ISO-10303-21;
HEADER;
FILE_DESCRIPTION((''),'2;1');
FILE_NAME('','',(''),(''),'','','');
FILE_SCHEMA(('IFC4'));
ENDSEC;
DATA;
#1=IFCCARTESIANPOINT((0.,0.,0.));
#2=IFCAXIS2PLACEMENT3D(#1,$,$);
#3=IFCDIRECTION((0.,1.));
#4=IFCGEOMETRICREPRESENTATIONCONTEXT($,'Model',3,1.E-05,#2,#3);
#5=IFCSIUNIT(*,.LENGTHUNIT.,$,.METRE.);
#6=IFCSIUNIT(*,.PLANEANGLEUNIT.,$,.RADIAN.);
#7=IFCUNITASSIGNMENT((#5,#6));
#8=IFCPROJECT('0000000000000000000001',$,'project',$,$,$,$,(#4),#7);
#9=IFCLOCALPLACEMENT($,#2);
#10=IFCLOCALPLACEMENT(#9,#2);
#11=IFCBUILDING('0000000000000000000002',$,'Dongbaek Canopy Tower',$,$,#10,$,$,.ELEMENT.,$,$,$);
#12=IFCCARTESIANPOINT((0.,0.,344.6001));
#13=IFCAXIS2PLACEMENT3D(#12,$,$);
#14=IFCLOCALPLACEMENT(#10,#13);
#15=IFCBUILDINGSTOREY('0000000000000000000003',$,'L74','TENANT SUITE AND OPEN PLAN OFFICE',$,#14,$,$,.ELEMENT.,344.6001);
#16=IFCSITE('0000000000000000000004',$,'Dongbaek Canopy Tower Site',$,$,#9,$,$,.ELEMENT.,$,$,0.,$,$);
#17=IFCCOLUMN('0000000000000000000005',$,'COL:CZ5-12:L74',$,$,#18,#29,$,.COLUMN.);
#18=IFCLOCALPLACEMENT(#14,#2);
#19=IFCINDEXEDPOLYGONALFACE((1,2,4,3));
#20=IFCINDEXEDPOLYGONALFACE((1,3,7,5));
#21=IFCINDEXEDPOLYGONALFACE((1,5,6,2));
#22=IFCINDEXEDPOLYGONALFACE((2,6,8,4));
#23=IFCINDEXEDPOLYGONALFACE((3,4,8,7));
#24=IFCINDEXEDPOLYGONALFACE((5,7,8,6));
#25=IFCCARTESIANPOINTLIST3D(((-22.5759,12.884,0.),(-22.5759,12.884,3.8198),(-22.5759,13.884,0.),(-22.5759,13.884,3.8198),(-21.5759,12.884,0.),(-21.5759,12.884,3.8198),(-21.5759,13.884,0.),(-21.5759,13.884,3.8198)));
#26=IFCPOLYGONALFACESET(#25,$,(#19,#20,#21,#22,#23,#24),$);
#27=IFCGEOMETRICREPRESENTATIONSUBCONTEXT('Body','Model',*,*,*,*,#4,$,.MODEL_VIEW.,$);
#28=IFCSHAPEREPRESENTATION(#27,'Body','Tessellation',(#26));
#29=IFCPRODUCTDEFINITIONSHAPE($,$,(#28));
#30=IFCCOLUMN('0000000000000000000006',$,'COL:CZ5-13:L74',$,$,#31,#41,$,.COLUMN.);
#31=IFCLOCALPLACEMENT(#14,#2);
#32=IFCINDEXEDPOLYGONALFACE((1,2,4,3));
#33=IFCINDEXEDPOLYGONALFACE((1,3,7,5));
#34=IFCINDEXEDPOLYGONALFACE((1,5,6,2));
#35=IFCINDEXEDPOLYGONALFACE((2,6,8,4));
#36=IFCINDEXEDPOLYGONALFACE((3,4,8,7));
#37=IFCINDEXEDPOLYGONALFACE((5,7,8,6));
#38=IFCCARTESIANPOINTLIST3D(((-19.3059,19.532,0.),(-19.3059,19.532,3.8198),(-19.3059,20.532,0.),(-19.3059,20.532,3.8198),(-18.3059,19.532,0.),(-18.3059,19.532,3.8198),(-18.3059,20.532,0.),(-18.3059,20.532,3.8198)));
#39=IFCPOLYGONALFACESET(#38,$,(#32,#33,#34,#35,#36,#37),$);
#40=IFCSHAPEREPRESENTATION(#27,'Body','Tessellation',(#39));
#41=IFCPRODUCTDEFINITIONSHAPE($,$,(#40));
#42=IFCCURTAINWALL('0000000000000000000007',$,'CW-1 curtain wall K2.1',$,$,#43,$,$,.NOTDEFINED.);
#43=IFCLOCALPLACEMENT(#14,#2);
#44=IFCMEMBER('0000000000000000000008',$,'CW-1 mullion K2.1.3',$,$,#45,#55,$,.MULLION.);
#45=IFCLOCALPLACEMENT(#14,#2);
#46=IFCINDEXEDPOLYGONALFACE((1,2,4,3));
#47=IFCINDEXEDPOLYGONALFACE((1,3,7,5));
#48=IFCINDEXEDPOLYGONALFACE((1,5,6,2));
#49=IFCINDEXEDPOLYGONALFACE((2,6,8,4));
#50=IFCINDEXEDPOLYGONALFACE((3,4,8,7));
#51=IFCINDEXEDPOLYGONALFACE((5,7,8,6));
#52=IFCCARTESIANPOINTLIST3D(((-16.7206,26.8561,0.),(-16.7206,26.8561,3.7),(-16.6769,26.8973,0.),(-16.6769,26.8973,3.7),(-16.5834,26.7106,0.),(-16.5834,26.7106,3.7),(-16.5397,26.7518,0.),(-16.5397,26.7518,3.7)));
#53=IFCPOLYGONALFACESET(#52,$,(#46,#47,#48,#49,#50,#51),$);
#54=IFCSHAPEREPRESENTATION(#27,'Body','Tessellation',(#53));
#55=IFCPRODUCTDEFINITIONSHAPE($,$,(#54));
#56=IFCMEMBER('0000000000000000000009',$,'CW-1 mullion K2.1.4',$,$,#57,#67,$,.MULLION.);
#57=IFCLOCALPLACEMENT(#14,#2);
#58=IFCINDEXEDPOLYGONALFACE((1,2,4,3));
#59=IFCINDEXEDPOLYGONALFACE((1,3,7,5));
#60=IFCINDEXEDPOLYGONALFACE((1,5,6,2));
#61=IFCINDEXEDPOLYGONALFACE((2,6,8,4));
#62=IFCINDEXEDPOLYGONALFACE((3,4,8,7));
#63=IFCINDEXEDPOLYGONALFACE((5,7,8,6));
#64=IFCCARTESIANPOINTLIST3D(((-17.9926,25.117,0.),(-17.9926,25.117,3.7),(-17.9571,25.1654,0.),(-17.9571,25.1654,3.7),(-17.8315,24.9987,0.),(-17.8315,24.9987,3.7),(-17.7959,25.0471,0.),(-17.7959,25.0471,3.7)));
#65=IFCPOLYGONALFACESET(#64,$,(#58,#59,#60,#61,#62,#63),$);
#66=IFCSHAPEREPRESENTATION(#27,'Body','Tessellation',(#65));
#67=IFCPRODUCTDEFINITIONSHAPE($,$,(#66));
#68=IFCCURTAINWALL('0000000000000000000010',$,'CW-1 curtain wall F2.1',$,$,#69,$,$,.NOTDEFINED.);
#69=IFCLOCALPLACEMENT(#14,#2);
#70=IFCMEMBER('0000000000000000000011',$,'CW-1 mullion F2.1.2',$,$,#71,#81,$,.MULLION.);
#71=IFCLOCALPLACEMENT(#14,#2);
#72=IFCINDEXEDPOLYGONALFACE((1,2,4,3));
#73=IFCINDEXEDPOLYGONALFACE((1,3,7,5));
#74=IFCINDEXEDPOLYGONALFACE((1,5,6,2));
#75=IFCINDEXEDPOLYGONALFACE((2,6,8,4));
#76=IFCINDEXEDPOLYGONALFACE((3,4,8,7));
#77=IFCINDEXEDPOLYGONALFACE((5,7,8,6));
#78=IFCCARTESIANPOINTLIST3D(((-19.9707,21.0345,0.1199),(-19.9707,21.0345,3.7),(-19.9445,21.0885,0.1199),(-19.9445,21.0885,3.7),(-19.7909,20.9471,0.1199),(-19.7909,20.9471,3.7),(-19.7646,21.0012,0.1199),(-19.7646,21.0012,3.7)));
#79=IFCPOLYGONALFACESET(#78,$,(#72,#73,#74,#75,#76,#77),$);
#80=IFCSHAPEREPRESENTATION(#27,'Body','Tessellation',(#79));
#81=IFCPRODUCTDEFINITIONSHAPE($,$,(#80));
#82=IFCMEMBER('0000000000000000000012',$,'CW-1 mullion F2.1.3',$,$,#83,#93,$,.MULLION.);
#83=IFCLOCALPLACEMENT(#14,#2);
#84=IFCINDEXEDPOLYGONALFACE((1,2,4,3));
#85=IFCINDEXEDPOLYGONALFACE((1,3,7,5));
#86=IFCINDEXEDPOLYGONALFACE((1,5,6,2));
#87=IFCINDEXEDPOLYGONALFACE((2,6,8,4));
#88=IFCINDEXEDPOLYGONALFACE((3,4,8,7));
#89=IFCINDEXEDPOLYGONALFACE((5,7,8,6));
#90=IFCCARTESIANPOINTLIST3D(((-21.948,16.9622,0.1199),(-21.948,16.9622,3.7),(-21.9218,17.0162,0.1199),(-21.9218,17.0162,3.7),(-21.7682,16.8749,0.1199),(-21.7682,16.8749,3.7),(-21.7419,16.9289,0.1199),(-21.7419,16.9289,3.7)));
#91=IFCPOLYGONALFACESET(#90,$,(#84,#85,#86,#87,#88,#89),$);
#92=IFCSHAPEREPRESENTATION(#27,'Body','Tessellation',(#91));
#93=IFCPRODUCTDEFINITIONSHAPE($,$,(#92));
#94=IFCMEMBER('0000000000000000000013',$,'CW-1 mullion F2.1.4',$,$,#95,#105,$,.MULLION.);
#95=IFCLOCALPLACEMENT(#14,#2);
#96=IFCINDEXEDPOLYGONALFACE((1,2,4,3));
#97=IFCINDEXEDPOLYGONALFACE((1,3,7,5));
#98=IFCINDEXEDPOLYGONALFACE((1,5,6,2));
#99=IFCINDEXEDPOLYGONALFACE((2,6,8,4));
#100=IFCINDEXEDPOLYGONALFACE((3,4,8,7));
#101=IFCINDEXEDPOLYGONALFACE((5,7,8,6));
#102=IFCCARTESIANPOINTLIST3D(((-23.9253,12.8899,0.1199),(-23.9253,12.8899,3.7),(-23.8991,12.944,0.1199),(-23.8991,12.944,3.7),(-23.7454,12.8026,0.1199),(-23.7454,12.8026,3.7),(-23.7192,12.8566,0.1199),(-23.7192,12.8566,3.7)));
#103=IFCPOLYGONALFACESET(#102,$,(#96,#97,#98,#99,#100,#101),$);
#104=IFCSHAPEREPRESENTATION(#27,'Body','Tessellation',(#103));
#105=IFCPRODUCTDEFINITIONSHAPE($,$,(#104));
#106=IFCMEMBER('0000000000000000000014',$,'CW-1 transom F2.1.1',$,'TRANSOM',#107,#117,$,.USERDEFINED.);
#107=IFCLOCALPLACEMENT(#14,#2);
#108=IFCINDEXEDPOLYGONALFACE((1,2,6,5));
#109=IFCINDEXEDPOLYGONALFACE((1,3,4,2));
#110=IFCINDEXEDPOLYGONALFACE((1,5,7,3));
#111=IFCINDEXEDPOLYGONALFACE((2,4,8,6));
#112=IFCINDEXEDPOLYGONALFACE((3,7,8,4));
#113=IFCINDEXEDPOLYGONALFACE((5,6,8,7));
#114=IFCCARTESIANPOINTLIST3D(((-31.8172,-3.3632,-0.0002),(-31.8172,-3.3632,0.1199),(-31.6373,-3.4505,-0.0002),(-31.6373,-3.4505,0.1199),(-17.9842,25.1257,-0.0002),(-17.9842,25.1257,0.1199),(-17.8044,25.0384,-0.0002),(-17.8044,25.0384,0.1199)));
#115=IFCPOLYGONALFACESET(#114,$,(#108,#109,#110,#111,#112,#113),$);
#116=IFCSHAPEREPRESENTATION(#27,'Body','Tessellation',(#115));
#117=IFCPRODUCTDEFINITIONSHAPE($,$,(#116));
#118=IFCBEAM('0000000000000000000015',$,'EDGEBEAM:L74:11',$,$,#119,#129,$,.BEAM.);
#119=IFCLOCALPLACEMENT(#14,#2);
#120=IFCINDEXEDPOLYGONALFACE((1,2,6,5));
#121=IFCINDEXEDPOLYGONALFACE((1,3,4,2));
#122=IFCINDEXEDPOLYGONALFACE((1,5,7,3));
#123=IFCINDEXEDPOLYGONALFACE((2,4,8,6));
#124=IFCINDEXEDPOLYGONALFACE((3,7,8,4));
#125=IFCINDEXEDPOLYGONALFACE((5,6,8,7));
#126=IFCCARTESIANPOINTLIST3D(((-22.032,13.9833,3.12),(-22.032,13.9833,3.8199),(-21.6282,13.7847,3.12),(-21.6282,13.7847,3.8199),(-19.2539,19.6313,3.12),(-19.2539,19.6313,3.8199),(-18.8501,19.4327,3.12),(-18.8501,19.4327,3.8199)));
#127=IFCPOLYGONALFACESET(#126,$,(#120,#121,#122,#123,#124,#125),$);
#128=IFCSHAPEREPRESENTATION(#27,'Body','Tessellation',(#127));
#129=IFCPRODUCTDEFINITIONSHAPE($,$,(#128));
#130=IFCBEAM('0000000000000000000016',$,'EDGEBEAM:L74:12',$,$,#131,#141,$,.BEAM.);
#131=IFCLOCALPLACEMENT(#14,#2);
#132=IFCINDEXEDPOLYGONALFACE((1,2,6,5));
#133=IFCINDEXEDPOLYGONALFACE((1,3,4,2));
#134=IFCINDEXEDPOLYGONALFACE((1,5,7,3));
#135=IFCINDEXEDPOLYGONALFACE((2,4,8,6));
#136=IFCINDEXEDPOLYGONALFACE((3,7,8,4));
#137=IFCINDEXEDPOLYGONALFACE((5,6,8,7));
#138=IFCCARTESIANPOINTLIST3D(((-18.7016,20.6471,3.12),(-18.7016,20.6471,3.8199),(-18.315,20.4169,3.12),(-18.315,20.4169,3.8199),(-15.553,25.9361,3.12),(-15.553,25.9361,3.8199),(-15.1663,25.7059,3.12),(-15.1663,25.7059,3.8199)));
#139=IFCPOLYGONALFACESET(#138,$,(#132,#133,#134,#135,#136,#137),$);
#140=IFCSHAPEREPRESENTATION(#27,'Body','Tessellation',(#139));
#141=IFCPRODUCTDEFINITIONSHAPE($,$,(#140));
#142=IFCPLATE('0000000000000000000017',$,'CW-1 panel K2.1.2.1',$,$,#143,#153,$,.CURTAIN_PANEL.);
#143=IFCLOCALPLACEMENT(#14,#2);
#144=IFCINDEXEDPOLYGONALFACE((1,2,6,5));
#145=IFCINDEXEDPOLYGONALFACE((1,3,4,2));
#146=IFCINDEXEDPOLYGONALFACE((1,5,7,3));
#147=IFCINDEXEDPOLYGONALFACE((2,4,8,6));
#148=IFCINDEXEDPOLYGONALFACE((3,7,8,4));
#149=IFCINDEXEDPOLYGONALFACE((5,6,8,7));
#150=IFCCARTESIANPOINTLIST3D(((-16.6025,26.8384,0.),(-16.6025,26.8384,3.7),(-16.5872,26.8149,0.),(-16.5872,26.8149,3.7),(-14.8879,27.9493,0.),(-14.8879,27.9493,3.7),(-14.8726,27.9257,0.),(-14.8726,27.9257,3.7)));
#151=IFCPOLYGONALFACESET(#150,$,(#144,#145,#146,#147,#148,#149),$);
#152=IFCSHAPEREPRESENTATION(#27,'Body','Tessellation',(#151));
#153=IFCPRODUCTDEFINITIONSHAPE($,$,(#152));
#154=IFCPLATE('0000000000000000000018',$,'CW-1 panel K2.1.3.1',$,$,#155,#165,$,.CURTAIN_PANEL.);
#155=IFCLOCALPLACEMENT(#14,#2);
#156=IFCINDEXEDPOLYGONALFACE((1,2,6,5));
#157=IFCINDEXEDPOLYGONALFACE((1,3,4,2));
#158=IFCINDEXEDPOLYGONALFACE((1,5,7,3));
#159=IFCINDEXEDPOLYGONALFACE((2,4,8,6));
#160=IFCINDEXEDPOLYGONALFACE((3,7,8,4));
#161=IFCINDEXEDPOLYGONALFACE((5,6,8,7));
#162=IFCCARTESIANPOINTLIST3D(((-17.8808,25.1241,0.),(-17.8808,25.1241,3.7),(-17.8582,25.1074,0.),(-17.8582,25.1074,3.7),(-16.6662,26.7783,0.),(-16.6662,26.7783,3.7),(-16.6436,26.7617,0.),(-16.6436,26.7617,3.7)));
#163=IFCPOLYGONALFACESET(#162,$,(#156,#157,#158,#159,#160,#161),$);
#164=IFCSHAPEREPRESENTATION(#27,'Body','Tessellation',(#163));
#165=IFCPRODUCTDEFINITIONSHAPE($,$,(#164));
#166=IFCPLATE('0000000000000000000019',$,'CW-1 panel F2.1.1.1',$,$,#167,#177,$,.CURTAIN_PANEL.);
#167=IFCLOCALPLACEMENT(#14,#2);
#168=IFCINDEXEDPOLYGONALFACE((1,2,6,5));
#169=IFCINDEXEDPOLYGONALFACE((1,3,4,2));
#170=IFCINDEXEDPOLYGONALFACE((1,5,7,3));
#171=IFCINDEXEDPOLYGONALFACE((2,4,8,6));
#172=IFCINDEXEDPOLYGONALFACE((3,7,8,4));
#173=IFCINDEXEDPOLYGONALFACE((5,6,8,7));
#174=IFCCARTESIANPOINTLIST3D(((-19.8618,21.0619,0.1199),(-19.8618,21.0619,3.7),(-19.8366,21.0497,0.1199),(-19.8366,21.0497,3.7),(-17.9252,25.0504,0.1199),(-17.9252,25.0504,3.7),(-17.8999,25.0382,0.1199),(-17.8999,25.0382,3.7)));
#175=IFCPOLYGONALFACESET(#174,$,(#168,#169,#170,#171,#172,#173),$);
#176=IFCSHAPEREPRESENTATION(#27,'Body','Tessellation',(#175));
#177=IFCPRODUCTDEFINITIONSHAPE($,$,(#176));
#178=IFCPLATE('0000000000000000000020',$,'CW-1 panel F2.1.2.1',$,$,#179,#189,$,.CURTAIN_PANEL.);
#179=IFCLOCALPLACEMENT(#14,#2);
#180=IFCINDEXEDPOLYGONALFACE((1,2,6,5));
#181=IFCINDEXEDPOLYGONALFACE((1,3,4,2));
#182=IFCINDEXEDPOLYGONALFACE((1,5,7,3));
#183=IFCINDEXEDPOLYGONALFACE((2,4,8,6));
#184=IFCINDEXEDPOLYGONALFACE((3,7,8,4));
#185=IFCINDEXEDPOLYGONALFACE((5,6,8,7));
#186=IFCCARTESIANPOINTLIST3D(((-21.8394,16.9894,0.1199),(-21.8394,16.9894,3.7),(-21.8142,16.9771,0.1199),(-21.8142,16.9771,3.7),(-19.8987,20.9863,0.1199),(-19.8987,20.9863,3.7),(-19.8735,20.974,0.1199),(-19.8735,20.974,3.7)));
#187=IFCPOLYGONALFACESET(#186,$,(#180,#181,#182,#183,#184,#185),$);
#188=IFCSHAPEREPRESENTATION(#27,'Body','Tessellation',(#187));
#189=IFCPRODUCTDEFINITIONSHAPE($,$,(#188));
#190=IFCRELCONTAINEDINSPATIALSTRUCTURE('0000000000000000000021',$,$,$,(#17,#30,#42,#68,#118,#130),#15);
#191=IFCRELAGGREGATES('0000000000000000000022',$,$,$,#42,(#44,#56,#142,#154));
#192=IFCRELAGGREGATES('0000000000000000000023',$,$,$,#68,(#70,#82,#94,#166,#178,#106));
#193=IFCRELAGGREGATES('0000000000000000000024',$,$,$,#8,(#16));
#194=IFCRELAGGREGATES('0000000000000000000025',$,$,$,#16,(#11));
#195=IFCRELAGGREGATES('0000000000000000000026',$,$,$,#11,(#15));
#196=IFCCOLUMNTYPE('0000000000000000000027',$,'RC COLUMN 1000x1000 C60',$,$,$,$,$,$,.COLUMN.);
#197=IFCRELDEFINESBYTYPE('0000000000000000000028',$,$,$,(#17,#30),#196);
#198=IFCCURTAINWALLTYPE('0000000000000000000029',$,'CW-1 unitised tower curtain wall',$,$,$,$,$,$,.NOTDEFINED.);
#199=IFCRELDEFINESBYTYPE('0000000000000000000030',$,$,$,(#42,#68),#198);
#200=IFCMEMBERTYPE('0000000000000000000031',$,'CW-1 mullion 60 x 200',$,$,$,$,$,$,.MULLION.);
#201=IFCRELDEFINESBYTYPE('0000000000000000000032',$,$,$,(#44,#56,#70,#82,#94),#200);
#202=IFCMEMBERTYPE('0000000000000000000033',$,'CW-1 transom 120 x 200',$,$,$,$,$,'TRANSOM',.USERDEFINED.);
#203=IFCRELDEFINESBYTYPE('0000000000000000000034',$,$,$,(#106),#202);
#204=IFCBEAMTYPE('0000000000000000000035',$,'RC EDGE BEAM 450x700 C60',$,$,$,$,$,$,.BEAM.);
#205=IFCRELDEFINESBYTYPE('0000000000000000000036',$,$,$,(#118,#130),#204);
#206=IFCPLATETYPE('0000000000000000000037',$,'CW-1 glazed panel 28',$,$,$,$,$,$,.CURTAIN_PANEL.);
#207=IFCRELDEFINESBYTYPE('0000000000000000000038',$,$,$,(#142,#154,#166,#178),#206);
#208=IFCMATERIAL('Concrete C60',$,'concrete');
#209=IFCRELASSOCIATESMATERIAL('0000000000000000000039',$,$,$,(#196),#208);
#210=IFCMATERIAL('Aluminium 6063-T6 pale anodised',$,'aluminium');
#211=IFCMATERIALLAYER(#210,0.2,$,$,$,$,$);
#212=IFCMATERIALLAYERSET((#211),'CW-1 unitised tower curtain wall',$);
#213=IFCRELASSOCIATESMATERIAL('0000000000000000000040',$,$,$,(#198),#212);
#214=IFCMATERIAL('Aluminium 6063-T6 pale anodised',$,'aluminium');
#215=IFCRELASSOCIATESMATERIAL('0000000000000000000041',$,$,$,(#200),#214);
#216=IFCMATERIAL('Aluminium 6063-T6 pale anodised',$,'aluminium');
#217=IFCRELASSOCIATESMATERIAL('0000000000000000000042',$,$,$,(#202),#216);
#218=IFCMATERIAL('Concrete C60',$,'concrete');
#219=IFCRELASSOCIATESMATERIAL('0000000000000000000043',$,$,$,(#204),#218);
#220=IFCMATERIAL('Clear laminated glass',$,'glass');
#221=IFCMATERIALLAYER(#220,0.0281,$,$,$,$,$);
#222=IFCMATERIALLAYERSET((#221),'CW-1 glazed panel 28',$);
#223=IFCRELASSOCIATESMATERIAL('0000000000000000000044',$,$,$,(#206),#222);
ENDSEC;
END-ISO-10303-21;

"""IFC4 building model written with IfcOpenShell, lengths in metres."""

from ifc_helpers import new_model, si_unit, direction, frame, origin, origin_2d, place, context, subcontext, project, spatial, rectangle, extrude, material, layer, layer_set, material_profile, profile_set, type_object, element, aggregate, save


model = new_model("IFC4")

# Units and contexts
model_context = context("Model", 3, precision=1e-05, world=origin(), true_north=direction((0.0, 1.0)))
body_context = subcontext(model_context, "Body", "Model", "MODEL_VIEW")
ifc_project = project(units=[si_unit("LENGTHUNIT", "METRE"), si_unit("PLANEANGLEUNIT", "RADIAN")], contexts=[model_context])

# Site, building, storey
site_placement = place(None, origin())
site = spatial("IfcSite", under=ifc_project, at=site_placement, Name="Dongbaek Canopy Tower Site", CompositionType="ELEMENT", RefElevation=0.0)
building_placement = place(site_placement, origin())
building = spatial("IfcBuilding", under=site, at=building_placement, Name="Dongbaek Canopy Tower", CompositionType="ELEMENT")
storey_placement = place(building_placement, frame((0.0, 0.0, 344.6001)))
storey = spatial("IfcBuildingStorey", under=building, at=storey_placement, Name="L74", Description="TENANT SUITE AND OPEN PLAN OFFICE", CompositionType="ELEMENT", Elevation=344.6001)

# Columns
ifc_material_1 = material(Name="Concrete C60", Category="concrete")
ifc_material_profile_1 = material_profile(ifc_material_1, rectangle(XDim=1.0, YDim=1.0, at=origin_2d()), Name="RC COLUMN 1000x1000 C60")
ifc_profile_set_1 = profile_set([ifc_material_profile_1], Name="Concrete C60")
column_type = type_object("IfcColumnType", Name="RC COLUMN 1000x1000 C60", PredefinedType="COLUMN", material=ifc_profile_set_1)
for number, where, z_axis, x_axis, name in (
    (1, (-22.0759, 13.384, 0.0), (0.0, 0.0, 1.0), (1.0, 0.0, 0.0), "COL:CZ5-12:L74"),
    (2, (-18.8059, 20.032, 0.0), (0.0, 0.0, 1.0), (1.0, 0.0, 0.0), "COL:CZ5-13:L74"),
):
    element("IfcColumn", number, at=place(storey_placement, frame(where, z_axis=z_axis, x_axis=x_axis)), inside=storey, type_object=column_type, Name=name, PredefinedType="COLUMN", context=body_context, shape_type="SweptSolid", body=[
        extrude(rectangle(XDim=1.0, YDim=1.0, at=origin_2d()), origin(), (0.0, 0.0, 1.0), 3.8198),
    ])

# Curtain walls, members
ifc_material_2 = material(Name="Aluminium 6063-T6 pale anodised", Category="aluminium")
ifc_layer_1 = layer(ifc_material_2, 0.2)
ifc_layer_set_1 = layer_set([ifc_layer_1], Name="CW-1 unitised tower curtain wall")
curtain_wall_type = type_object("IfcCurtainWallType", Name="CW-1 unitised tower curtain wall", PredefinedType="NOTDEFINED", material=ifc_layer_set_1)
curtain_wall_1_placement = place(storey_placement, origin())
curtain_wall_1 = element("IfcCurtainWall", 3, at=curtain_wall_1_placement, inside=storey, type_object=curtain_wall_type, Name="CW-1 curtain wall K2.1", PredefinedType="NOTDEFINED")
ifc_material_3 = material(Name="Aluminium 6063-T6 pale anodised", Category="aluminium")
ifc_material_profile_2 = material_profile(ifc_material_3, rectangle(XDim=0.2, YDim=0.0601, at=origin_2d()), Name="CW-1 mullion 60 x 200")
ifc_profile_set_2 = profile_set([ifc_material_profile_2], Name="Aluminium 6063-T6 pale anodised")
member_type_1 = type_object("IfcMemberType", Name="CW-1 mullion 60 x 200", PredefinedType="MULLION", material=ifc_profile_set_2)
member_1_placement = place(storey_placement, frame((-16.6301, 26.804, 0.0), z_axis=(0.0, 0.0, 1.0), x_axis=(-0.686148, 0.727462, 0.0)))
member_1 = element("IfcMember", 4, at=member_1_placement, type_object=member_type_1, Name="CW-1 mullion K2.1.3", PredefinedType="MULLION", context=body_context, shape_type="SweptSolid", body=[
    extrude(rectangle(XDim=0.2, YDim=0.0601, at=origin_2d()), origin(), (0.0, 0.0, 1.0), 3.7),
])
member_2_placement = place(storey_placement, frame((-17.8943, 25.082, 0.0), z_axis=(0.0, 0.0, 1.0), x_axis=(-0.806066, 0.591826, 0.0)))
member_2 = element("IfcMember", 5, at=member_2_placement, type_object=member_type_1, Name="CW-1 mullion K2.1.4", PredefinedType="MULLION", context=body_context, shape_type="SweptSolid", body=[
    extrude(rectangle(XDim=0.2, YDim=0.0601, at=origin_2d()), origin(), (0.0, 0.0, 1.0), 3.7),
])
curtain_wall_2_placement = place(storey_placement, origin())
curtain_wall_2 = element("IfcCurtainWall", 6, at=curtain_wall_2_placement, inside=storey, type_object=curtain_wall_type, Name="CW-1 curtain wall F2.1", PredefinedType="NOTDEFINED")
member_3_placement = place(storey_placement, frame((-19.8677, 21.0178, 0.1199), z_axis=(0.0, 0.0, 1.0), x_axis=(-0.899563, 0.436791, 0.0)))
member_3 = element("IfcMember", 7, at=member_3_placement, type_object=member_type_1, Name="CW-1 mullion F2.1.2", PredefinedType="MULLION", context=body_context, shape_type="SweptSolid", body=[
    extrude(rectangle(XDim=0.2, YDim=0.0601, at=origin_2d()), origin(), (0.0, 0.0, 1.0), 3.5801),
])
member_4_placement = place(storey_placement, frame((-21.845, 16.9456, 0.1199), z_axis=(0.0, 0.0, 1.0), x_axis=(-0.899563, 0.436791, 0.0)))
member_4 = element("IfcMember", 8, at=member_4_placement, type_object=member_type_1, Name="CW-1 mullion F2.1.3", PredefinedType="MULLION", context=body_context, shape_type="SweptSolid", body=[
    extrude(rectangle(XDim=0.2, YDim=0.0601, at=origin_2d()), origin(), (0.0, 0.0, 1.0), 3.5801),
])
member_5_placement = place(storey_placement, frame((-23.8223, 12.8733, 0.1199), z_axis=(0.0, 0.0, 1.0), x_axis=(-0.899563, 0.436791, 0.0)))
member_5 = element("IfcMember", 9, at=member_5_placement, type_object=member_type_1, Name="CW-1 mullion F2.1.4", PredefinedType="MULLION", context=body_context, shape_type="SweptSolid", body=[
    extrude(rectangle(XDim=0.2, YDim=0.0601, at=origin_2d()), origin(), (0.0, 0.0, 1.0), 3.5801),
])
ifc_material_4 = material(Name="Aluminium 6063-T6 pale anodised", Category="aluminium")
ifc_material_profile_3 = material_profile(ifc_material_4, rectangle(XDim=0.2, YDim=0.1201, at=origin_2d()), Name="CW-1 transom 120 x 200")
ifc_profile_set_3 = profile_set([ifc_material_profile_3], Name="Aluminium 6063-T6 pale anodised")
member_type_2 = type_object("IfcMemberType", Name="CW-1 transom 120 x 200", ElementType="TRANSOM", PredefinedType="USERDEFINED", material=ifc_profile_set_3)
member_6_placement = place(storey_placement, frame((-17.8943, 25.082, 0.0598), z_axis=(-0.436789, -0.899564, 0.0), x_axis=(0.899564, -0.436789, 0.0)))
member_6 = element("IfcMember", 10, at=member_6_placement, type_object=member_type_2, Name="CW-1 transom F2.1.1", ObjectType="TRANSOM", PredefinedType="USERDEFINED", context=body_context, shape_type="SweptSolid", body=[
    extrude(rectangle(XDim=0.2, YDim=0.1201, at=origin_2d()), origin(), (0.0, 0.0, 1.0), 31.6697),
])

# Beams
ifc_material_5 = material(Name="Concrete C60", Category="concrete")
ifc_material_profile_4 = material_profile(ifc_material_5, rectangle(XDim=0.45, YDim=0.7, at=origin_2d()), Name="RC EDGE BEAM 450x700 C60")
ifc_profile_set_4 = profile_set([ifc_material_profile_4], Name="Concrete C60")
beam_type = type_object("IfcBeamType", Name="RC EDGE BEAM 450x700 C60", PredefinedType="BEAM", material=ifc_profile_set_4)
beam_1_placement = place(storey_placement, frame((-21.8301, 13.884, 3.47), z_axis=(0.44137, 0.897325, 0.0), x_axis=(-0.897325, 0.44137, 0.0)))
element("IfcBeam", 11, at=beam_1_placement, inside=storey, type_object=beam_type, Name="EDGEBEAM:L74:11", PredefinedType="BEAM", context=body_context, shape_type="SweptSolid", body=[
    extrude(rectangle(XDim=0.45, YDim=0.7, at=origin_2d()), origin(), (0.0, 0.0, 1.0), 6.2942),
])
beam_2_placement = place(storey_placement, frame((-18.5083, 20.532, 3.47), z_axis=(0.511535, 0.859262, 0.0), x_axis=(-0.859262, 0.511535, 0.0)))
element("IfcBeam", 12, at=beam_2_placement, inside=storey, type_object=beam_type, Name="EDGEBEAM:L74:12", PredefinedType="BEAM", context=body_context, shape_type="SweptSolid", body=[
    extrude(rectangle(XDim=0.45, YDim=0.7, at=origin_2d()), origin(), (0.0, 0.0, 1.0), 6.1553),
])

# Plates
ifc_material_6 = material(Name="Clear laminated glass", Category="glass")
ifc_layer_2 = layer(ifc_material_6, 0.0281)
ifc_layer_set_2 = layer_set([ifc_layer_2], Name="CW-1 glazed panel 28")
plate_type = type_object("IfcPlateType", Name="CW-1 glazed panel 28", PredefinedType="CURTAIN_PANEL", material=ifc_layer_set_2)
plate_1_placement = place(storey_placement, frame((-15.7375, 27.3821, 0.0), z_axis=(0.0, 0.0, 1.0), x_axis=(-0.839253, -0.543741, 0.0)))
plate_1 = element("IfcPlate", 13, at=plate_1_placement, type_object=plate_type, Name="CW-1 panel K2.1.2.1", PredefinedType="CURTAIN_PANEL", context=body_context, shape_type="SweptSolid", body=[
    extrude(rectangle(XDim=2.043, YDim=0.0281, at=origin_2d()), origin(), (0.0, 0.0, 1.0), 3.7),
])
plate_2_placement = place(storey_placement, frame((-17.2622, 25.9429, 0.0), z_axis=(0.0, 0.0, 1.0), x_axis=(-0.591826, -0.806066, 0.0)))
plate_2 = element("IfcPlate", 14, at=plate_2_placement, type_object=plate_type, Name="CW-1 panel K2.1.3.1", PredefinedType="CURTAIN_PANEL", context=body_context, shape_type="SweptSolid", body=[
    extrude(rectangle(XDim=2.0522, YDim=0.0281, at=origin_2d()), origin(), (0.0, 0.0, 1.0), 3.7),
])
aggregate(curtain_wall_1, [member_1, member_2, plate_1, plate_2])
plate_3_placement = place(storey_placement, frame((-18.8809, 23.05, 0.1199), z_axis=(0.0, 0.0, 1.0), x_axis=(-0.436791, -0.899563, 0.0)))
plate_3 = element("IfcPlate", 15, at=plate_3_placement, type_object=plate_type, Name="CW-1 panel F2.1.1.1", PredefinedType="CURTAIN_PANEL", context=body_context, shape_type="SweptSolid", body=[
    extrude(rectangle(XDim=4.4338, YDim=0.0281, at=origin_2d()), origin(), (0.0, 0.0, 1.0), 3.5801),
])
plate_4_placement = place(storey_placement, frame((-20.8564, 18.9817, 0.1199), z_axis=(0.0, 0.0, 1.0), x_axis=(-0.436791, -0.899563, 0.0)))
plate_4 = element("IfcPlate", 16, at=plate_4_placement, type_object=plate_type, Name="CW-1 panel F2.1.2.1", PredefinedType="CURTAIN_PANEL", context=body_context, shape_type="SweptSolid", body=[
    extrude(rectangle(XDim=4.4431, YDim=0.0281, at=origin_2d()), origin(), (0.0, 0.0, 1.0), 3.5801),
])

aggregate(curtain_wall_2, [member_3, member_4, member_5, plate_3, plate_4, member_6])

save(model, "model.ifc")
